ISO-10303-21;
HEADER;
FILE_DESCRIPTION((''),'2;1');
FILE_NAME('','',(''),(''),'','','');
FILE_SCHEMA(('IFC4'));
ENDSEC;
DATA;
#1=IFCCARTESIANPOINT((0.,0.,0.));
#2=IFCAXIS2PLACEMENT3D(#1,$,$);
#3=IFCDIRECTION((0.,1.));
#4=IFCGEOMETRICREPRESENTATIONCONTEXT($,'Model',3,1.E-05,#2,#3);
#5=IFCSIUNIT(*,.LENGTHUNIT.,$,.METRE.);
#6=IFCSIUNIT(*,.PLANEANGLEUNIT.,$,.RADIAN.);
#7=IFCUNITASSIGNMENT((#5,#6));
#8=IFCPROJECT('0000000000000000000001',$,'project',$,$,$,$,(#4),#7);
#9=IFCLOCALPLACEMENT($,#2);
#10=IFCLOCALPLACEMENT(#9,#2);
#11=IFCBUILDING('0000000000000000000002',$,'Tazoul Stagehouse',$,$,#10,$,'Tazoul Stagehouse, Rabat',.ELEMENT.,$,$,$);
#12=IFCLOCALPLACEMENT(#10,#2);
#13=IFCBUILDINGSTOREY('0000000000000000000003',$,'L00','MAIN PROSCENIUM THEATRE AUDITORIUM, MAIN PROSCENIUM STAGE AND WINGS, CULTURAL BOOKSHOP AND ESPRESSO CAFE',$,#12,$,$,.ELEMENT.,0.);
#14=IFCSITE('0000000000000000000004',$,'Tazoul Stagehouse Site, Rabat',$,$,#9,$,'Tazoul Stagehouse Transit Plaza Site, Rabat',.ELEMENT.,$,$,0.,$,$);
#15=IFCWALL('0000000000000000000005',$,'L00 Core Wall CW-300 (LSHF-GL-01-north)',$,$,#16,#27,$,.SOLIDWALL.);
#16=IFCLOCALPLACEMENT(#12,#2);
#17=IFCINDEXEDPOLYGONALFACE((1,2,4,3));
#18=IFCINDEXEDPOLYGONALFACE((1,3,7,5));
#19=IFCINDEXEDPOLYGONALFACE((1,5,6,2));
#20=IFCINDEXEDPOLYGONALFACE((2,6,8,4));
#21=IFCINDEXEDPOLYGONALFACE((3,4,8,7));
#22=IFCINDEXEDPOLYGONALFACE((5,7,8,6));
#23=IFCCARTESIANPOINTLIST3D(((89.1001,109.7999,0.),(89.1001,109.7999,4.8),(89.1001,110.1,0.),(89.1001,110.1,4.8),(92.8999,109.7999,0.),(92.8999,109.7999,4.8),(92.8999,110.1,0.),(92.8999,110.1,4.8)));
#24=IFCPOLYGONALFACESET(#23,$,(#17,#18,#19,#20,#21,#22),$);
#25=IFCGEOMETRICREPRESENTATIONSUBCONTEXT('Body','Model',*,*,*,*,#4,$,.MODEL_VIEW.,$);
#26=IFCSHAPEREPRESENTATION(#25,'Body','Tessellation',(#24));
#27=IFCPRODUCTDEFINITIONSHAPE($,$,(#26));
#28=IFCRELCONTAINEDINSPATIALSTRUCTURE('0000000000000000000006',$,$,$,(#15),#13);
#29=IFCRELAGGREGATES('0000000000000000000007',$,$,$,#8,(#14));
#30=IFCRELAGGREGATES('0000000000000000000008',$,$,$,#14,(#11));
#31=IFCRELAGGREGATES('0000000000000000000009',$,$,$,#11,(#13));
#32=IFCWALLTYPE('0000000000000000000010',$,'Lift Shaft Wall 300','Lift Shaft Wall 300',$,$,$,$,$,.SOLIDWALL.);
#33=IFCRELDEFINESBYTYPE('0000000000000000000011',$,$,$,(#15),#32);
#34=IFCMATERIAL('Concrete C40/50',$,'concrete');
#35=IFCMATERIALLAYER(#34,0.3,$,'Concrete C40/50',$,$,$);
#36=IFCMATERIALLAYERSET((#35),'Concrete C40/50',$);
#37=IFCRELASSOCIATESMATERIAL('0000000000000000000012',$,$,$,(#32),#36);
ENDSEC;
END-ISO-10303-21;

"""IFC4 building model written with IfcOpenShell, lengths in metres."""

from ifc_helpers import new_model, si_unit, direction, frame, frame_2d, origin, place, context, subcontext, project, spatial, rectangle, extrude, material, layer, layer_set, type_object, element, save


model = new_model("IFC4")

# Units and contexts
model_context = context("Model", 3, precision=1e-05, world=origin(), true_north=direction((0.0, 1.0)))
body_context = subcontext(model_context, "Body", "Model", "MODEL_VIEW")
ifc_project = project(units=[si_unit("LENGTHUNIT", "METRE"), si_unit("PLANEANGLEUNIT", "RADIAN")], contexts=[model_context])

# Site, building, storey
site_placement = place(None, origin())
site = spatial("IfcSite", under=ifc_project, at=site_placement, Name="Tazoul Stagehouse Site, Rabat", LongName="Tazoul Stagehouse Transit Plaza Site, Rabat", CompositionType="ELEMENT", RefElevation=0.0)
building_placement = place(site_placement, origin())
building = spatial("IfcBuilding", under=site, at=building_placement, Name="Tazoul Stagehouse", LongName="Tazoul Stagehouse, Rabat", CompositionType="ELEMENT")
storey_placement = place(building_placement, origin())
storey = spatial("IfcBuildingStorey", under=building, at=storey_placement, Name="L00", Description="MAIN PROSCENIUM THEATRE AUDITORIUM, MAIN PROSCENIUM STAGE AND WINGS, CULTURAL BOOKSHOP AND ESPRESSO CAFE", CompositionType="ELEMENT", Elevation=0.0)

# Shared definitions
ifc_material_1 = material(Name="Concrete C40/50", Category="concrete")

# Shared definitions
ifc_layer_1 = layer(ifc_material_1, 0.3, Name="Concrete C40/50")
ifc_layer_set_1 = layer_set([ifc_layer_1], Name="Concrete C40/50")
wall_type_1 = type_object("IfcWallType", Name="Lift Shaft Wall 300", Description="Lift Shaft Wall 300", PredefinedType="SOLIDWALL", material=ifc_layer_set_1)

# Wall
wall_1_placement = place(storey_placement, frame((89.1001, 109.95, 0.0), z_axis=(0.0, 0.0, 1.0), x_axis=(1.0, 0.0, 0.0)))
element("IfcWall", 1, at=wall_1_placement, inside=storey, type_object=wall_type_1, Name="L00 Core Wall CW-300 (LSHF-GL-01-north)", PredefinedType="SOLIDWALL", context=body_context, shape_type="SweptSolid", body=[
    extrude(rectangle(XDim=3.7998, YDim=0.3, at=frame_2d((1.8999, 0.0))), origin(), (0.0, 0.0, 1.0), 4.8),
])

save(model, "model.ifc")
